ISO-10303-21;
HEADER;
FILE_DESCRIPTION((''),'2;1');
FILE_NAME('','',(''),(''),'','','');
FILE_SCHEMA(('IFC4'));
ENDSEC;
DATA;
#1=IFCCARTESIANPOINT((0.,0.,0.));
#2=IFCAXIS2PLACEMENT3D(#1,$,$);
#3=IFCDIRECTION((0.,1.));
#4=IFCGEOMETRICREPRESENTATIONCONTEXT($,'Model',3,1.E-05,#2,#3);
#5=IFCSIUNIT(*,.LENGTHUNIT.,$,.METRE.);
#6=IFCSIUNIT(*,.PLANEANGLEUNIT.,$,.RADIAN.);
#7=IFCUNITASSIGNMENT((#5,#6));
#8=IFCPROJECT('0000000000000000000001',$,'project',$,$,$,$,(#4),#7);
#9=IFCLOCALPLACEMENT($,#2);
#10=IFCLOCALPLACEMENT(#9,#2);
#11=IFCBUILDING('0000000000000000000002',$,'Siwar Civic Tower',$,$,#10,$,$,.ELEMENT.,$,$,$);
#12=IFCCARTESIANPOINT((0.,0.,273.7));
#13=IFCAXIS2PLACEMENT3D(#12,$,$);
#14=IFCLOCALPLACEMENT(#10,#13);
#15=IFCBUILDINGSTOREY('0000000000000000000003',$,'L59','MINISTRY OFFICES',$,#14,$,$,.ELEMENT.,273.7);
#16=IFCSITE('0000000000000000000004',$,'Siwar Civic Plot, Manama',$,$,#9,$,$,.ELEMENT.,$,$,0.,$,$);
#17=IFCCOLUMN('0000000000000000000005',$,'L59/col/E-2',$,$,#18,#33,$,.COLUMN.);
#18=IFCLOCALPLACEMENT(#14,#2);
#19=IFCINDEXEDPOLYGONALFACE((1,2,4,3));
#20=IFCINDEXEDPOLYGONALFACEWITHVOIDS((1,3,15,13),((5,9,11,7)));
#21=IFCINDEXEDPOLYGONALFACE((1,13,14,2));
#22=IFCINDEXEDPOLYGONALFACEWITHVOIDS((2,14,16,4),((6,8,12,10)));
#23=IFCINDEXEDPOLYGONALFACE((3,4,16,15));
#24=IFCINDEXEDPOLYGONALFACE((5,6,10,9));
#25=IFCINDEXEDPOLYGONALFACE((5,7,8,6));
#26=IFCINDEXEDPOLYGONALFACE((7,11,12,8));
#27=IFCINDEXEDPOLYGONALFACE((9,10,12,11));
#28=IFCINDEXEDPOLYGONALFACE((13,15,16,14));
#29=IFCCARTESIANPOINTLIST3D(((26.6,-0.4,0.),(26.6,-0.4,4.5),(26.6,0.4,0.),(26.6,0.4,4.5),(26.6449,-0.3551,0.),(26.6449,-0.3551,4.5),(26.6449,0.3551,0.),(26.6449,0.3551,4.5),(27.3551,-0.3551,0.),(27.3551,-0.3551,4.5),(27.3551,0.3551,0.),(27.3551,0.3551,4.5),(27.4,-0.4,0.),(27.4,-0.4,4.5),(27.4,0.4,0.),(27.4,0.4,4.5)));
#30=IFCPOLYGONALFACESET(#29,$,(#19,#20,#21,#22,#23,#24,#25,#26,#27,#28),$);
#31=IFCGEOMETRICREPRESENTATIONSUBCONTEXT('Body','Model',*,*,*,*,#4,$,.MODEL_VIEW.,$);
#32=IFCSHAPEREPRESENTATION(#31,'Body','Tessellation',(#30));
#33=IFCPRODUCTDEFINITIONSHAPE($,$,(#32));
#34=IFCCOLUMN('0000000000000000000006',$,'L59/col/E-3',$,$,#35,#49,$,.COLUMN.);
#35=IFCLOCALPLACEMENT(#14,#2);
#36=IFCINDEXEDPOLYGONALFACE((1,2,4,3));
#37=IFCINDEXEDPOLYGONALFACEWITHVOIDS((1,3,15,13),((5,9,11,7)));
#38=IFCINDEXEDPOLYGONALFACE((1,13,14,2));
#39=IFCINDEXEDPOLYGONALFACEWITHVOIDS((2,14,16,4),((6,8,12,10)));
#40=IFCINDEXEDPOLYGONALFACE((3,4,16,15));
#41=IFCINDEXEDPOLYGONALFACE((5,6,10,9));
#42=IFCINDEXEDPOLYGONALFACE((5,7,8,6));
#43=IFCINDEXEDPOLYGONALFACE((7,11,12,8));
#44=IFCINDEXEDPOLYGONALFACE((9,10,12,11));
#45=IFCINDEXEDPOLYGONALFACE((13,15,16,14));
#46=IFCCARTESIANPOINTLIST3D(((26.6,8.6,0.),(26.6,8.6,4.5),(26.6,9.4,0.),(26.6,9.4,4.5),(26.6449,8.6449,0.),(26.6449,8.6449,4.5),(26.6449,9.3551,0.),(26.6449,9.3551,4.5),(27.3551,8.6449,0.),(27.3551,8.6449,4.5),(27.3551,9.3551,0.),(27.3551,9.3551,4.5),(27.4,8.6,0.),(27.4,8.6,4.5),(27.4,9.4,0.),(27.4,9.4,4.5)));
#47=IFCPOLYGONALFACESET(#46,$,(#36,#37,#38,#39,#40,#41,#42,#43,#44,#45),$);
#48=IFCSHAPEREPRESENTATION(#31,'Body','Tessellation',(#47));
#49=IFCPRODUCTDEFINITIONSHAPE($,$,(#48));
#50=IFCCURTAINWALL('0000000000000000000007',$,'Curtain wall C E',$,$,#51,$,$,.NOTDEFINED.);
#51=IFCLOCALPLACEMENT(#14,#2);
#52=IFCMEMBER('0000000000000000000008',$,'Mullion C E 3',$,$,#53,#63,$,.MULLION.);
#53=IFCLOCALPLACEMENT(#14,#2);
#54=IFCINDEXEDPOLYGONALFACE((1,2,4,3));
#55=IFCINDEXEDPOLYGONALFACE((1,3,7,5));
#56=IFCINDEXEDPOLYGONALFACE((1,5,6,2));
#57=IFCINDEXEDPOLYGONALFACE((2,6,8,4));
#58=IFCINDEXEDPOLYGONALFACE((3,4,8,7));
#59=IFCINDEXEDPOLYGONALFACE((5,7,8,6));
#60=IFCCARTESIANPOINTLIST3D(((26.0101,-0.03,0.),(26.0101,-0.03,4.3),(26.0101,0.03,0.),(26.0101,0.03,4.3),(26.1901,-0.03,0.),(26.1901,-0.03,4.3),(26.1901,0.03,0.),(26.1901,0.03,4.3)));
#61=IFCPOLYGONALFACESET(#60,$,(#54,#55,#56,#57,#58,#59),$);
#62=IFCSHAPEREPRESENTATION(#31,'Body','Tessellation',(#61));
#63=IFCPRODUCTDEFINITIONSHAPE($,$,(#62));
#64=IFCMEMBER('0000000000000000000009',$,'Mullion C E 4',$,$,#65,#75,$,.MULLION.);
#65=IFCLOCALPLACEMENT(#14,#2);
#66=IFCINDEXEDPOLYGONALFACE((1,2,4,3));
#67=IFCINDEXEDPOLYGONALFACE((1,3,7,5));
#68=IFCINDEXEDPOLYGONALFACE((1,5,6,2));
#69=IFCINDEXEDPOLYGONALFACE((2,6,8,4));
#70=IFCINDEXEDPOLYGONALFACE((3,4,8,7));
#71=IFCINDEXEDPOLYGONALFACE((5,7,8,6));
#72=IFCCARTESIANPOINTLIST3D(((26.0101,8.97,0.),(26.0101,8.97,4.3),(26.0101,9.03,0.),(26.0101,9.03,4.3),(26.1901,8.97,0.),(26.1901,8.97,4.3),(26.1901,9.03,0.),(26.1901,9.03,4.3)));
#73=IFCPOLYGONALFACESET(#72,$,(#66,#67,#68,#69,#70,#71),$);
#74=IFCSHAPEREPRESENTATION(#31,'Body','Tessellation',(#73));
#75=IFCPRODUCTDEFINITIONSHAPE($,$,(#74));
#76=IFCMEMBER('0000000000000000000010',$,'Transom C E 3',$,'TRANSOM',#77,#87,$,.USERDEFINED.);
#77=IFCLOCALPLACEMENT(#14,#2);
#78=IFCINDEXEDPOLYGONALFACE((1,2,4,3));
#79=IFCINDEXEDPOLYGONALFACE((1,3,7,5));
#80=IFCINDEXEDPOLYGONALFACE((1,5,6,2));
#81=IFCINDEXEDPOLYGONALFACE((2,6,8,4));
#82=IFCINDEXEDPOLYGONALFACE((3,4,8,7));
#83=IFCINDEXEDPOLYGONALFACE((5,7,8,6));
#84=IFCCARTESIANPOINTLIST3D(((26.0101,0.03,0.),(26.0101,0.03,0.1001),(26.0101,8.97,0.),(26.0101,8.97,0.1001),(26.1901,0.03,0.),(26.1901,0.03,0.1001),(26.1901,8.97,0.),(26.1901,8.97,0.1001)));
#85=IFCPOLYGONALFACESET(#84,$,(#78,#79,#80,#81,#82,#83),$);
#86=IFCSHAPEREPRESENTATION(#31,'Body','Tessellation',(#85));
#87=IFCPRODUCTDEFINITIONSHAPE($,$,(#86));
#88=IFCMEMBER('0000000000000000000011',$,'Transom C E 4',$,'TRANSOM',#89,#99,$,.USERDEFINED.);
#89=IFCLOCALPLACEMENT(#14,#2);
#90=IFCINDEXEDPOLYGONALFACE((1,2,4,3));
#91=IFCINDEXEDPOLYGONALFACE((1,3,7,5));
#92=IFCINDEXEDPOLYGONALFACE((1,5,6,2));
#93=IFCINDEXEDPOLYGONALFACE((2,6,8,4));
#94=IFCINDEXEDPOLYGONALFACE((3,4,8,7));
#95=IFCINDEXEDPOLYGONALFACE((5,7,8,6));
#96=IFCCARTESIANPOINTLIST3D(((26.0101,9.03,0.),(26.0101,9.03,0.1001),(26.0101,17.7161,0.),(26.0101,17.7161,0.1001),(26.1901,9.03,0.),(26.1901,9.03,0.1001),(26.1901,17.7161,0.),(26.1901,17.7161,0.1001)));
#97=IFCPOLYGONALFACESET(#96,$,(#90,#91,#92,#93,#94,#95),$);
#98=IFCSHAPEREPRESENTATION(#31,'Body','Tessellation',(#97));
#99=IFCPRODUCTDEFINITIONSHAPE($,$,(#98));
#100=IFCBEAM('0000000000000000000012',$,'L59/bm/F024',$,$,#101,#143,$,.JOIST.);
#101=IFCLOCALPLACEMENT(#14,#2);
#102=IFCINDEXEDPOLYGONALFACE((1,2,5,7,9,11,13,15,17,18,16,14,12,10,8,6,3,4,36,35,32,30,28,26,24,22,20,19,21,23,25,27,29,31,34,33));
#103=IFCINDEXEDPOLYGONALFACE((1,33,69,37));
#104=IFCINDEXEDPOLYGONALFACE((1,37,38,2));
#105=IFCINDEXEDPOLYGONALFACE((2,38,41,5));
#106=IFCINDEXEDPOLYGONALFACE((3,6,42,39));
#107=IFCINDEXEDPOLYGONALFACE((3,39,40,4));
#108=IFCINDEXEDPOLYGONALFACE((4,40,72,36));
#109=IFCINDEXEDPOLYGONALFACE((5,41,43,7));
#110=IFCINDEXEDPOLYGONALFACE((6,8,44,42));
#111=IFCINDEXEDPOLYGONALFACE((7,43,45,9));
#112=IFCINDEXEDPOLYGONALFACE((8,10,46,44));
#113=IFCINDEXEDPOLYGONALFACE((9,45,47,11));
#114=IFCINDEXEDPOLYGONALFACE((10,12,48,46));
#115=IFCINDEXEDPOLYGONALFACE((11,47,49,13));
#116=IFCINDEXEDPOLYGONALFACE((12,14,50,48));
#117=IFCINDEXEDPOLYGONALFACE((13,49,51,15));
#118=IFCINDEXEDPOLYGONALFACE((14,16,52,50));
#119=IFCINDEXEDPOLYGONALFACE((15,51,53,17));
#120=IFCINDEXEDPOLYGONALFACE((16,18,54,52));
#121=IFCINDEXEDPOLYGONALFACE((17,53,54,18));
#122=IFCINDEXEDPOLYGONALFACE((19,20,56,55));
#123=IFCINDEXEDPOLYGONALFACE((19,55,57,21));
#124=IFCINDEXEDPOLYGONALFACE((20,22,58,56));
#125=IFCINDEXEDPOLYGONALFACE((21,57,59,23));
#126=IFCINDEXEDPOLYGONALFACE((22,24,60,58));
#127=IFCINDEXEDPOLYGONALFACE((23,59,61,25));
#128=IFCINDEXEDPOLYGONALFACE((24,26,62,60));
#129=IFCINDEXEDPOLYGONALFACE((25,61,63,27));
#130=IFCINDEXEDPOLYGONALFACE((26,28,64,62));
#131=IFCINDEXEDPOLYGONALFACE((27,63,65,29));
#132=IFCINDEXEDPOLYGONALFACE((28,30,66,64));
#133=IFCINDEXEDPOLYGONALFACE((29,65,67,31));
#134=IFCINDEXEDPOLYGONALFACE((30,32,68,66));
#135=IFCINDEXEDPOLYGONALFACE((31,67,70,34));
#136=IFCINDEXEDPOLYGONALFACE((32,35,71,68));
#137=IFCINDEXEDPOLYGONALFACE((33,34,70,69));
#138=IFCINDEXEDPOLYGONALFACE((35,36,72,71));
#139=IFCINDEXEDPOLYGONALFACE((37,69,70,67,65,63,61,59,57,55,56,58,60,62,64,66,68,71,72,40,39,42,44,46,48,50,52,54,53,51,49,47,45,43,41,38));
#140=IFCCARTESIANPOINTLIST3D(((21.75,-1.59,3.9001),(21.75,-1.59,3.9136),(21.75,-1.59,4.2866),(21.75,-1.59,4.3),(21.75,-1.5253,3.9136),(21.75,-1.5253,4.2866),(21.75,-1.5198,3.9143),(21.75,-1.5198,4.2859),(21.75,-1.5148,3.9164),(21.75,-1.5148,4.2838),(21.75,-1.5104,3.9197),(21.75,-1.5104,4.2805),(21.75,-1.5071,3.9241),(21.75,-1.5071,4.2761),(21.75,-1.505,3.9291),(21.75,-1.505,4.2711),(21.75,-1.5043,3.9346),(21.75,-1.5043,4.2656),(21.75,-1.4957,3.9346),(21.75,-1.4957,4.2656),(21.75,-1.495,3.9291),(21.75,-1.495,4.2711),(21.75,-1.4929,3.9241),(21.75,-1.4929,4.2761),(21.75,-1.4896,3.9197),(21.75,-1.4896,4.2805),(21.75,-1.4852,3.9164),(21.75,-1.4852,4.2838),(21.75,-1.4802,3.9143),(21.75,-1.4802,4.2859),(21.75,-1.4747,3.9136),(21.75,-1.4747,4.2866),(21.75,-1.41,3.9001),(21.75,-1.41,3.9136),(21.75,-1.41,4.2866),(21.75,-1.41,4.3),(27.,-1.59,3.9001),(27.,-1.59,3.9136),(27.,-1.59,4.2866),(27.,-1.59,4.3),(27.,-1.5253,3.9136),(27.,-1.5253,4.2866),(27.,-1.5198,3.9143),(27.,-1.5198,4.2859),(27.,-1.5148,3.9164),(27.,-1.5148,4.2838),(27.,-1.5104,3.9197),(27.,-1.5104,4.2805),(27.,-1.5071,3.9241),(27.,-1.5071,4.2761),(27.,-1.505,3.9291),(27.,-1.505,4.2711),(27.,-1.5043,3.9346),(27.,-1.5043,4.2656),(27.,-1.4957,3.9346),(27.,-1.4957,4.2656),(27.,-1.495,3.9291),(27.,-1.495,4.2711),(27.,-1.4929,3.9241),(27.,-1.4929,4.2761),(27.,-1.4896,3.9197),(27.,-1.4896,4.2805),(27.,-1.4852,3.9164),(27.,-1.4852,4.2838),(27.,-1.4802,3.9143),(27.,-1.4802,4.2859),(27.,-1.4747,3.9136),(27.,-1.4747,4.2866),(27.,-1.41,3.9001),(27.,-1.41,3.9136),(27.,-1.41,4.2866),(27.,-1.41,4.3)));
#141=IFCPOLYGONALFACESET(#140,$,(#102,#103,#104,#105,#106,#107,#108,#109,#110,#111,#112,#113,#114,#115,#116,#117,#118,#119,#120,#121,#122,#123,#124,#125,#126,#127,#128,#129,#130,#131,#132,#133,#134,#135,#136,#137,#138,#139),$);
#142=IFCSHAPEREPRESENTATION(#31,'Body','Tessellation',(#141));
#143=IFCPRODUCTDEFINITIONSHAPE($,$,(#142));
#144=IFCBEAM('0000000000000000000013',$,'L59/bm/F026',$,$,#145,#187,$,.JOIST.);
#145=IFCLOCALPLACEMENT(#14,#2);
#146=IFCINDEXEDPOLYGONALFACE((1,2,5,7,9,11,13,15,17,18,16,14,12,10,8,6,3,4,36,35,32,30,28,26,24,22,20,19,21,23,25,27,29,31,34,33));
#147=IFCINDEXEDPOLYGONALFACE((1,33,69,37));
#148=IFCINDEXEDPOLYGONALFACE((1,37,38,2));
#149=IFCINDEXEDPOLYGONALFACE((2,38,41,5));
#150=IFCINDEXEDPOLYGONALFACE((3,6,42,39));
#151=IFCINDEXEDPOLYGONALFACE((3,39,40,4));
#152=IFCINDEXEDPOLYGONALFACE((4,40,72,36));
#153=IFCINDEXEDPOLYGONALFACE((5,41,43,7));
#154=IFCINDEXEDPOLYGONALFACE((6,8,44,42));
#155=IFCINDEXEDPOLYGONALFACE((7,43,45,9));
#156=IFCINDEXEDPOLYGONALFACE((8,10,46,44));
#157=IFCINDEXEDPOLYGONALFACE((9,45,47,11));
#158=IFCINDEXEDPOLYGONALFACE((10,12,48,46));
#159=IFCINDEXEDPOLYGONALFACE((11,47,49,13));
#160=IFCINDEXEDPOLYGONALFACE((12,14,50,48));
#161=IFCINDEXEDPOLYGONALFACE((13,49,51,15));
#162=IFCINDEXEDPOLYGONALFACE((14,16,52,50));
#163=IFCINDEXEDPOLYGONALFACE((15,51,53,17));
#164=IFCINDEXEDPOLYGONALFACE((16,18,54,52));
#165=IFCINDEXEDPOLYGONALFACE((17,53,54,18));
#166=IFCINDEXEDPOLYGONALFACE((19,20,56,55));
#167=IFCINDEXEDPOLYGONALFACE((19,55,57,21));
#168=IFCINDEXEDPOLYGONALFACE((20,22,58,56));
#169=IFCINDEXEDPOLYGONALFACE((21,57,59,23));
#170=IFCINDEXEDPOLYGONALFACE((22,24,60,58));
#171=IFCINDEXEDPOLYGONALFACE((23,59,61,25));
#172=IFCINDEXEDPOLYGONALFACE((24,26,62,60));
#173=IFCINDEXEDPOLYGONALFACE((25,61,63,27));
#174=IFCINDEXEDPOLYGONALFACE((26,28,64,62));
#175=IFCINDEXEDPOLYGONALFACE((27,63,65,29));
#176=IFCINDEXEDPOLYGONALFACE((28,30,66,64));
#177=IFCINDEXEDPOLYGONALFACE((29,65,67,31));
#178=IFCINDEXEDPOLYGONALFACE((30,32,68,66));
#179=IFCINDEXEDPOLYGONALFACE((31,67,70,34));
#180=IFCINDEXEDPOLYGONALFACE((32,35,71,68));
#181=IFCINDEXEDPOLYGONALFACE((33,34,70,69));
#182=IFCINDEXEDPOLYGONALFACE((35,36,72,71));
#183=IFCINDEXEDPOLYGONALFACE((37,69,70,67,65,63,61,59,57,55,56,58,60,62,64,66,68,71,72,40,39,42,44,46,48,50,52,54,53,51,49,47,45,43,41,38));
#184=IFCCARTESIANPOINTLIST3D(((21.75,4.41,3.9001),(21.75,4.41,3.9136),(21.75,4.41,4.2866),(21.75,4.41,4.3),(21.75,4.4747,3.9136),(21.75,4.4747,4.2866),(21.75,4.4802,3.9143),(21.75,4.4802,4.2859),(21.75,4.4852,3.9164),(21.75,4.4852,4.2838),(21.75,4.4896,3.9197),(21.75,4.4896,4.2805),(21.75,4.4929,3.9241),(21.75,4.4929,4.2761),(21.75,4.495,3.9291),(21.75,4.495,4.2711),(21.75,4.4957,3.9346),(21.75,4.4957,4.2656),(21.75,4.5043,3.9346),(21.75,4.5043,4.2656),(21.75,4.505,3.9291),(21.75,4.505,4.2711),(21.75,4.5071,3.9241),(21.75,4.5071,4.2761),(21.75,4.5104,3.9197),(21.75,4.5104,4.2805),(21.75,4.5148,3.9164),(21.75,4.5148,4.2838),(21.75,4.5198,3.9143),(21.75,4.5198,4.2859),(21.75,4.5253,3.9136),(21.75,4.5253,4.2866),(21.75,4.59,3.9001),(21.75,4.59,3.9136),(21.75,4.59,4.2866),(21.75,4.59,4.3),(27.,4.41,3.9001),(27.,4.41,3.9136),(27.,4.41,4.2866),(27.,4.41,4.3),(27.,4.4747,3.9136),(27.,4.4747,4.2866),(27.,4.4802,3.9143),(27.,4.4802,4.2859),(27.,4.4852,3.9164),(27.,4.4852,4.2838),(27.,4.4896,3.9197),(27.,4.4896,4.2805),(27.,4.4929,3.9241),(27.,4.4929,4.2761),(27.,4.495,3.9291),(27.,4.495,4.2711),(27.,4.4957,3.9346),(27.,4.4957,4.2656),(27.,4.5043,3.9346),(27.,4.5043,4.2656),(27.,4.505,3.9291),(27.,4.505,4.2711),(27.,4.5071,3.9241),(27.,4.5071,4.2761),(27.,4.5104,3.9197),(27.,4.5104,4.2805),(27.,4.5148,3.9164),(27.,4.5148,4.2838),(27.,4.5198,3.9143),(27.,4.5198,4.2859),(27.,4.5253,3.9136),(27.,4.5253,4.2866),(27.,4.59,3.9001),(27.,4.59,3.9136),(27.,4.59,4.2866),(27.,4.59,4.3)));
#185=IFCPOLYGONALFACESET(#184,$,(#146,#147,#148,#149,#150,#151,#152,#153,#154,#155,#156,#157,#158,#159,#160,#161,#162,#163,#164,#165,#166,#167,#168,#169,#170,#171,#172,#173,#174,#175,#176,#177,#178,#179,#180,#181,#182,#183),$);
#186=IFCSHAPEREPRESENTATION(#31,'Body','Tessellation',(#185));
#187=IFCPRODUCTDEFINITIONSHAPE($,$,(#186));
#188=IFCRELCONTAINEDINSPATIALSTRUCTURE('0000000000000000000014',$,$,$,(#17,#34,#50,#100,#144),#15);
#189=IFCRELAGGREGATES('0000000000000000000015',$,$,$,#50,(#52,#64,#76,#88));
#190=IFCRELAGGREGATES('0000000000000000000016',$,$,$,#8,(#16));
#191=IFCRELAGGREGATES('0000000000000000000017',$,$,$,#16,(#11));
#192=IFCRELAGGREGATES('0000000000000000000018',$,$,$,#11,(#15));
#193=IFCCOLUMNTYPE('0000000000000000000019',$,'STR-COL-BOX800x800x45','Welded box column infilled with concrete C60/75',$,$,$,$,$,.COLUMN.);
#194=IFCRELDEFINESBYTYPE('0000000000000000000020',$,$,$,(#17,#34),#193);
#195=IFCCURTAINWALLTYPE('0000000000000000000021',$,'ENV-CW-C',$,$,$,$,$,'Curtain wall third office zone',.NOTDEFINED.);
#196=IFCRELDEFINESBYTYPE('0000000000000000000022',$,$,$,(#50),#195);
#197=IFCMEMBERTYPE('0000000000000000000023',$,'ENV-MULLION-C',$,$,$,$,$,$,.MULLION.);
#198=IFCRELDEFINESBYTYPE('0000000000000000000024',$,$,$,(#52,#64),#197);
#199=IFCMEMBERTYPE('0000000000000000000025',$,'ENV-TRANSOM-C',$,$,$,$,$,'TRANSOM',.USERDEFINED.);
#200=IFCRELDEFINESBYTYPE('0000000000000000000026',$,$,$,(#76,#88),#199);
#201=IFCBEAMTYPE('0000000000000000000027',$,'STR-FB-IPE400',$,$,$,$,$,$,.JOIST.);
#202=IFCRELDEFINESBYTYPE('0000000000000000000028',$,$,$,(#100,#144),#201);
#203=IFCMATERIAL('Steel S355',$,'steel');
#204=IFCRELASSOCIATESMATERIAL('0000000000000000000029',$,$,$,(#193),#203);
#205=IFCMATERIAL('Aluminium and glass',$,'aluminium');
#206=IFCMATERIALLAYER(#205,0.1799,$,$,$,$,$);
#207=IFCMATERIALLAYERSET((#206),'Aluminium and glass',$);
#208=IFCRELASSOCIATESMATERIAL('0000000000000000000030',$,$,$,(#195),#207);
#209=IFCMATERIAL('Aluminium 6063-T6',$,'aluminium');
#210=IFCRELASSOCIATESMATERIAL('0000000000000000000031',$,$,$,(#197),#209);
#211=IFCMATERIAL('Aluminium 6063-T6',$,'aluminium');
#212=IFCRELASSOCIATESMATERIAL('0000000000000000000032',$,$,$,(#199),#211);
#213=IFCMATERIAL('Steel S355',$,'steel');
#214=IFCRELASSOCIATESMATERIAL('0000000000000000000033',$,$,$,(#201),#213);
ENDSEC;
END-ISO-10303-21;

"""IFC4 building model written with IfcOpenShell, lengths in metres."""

from ifc_helpers import new_model, si_unit, direction, frame, origin, origin_2d, place, context, subcontext, project, spatial, rectangle, hollow_rectangle, i_section, extrude, material, layer, layer_set, material_profile, profile_set, type_object, element, aggregate, save


model = new_model("IFC4")

# Units and contexts
model_context = context("Model", 3, precision=1e-05, world=origin(), true_north=direction((0.0, 1.0)))
body_context = subcontext(model_context, "Body", "Model", "MODEL_VIEW")
ifc_project = project(units=[si_unit("LENGTHUNIT", "METRE"), si_unit("PLANEANGLEUNIT", "RADIAN")], contexts=[model_context])

# Site, building, storey
site_placement = place(None, origin())
site = spatial("IfcSite", under=ifc_project, at=site_placement, Name="Siwar Civic Plot, Manama", CompositionType="ELEMENT", RefElevation=0.0)
building_placement = place(site_placement, origin())
building = spatial("IfcBuilding", under=site, at=building_placement, Name="Siwar Civic Tower", CompositionType="ELEMENT")
storey_placement = place(building_placement, frame((0.0, 0.0, 273.7)))
storey = spatial("IfcBuildingStorey", under=building, at=storey_placement, Name="L59", Description="MINISTRY OFFICES", CompositionType="ELEMENT", Elevation=273.7)

# Columns
ifc_material_1 = material(Name="Steel S355", Category="steel")
ifc_material_profile_1 = material_profile(ifc_material_1, hollow_rectangle(XDim=0.8, YDim=0.8, WallThickness=0.0449, at=origin_2d()), Name="BOX800x800x45")
ifc_profile_set_1 = profile_set([ifc_material_profile_1], Name="Steel S355")
column_type = type_object("IfcColumnType", Name="STR-COL-BOX800x800x45", Description="Welded box column infilled with concrete C60/75", PredefinedType="COLUMN", material=ifc_profile_set_1)
for number, where, z_axis, x_axis, name in (
    (1, (27.0, 0.0, 0.0), (0.0, 0.0, 1.0), (1.0, 0.0, 0.0), "L59/col/E-2"),
    (2, (27.0, 9.0, 0.0), (0.0, 0.0, 1.0), (1.0, 0.0, 0.0), "L59/col/E-3"),
):
    element("IfcColumn", number, at=place(storey_placement, frame(where, z_axis=z_axis, x_axis=x_axis)), inside=storey, type_object=column_type, Name=name, PredefinedType="COLUMN", context=body_context, shape_type="SweptSolid", body=[
        extrude(hollow_rectangle(XDim=0.8, YDim=0.8, WallThickness=0.0449, at=origin_2d()), origin(), (0.0, 0.0, 1.0), 4.5),
    ])

# Curtain wall, members
ifc_material_2 = material(Name="Aluminium and glass", Category="aluminium")
ifc_layer_1 = layer(ifc_material_2, 0.1799)
ifc_layer_set_1 = layer_set([ifc_layer_1], Name="Aluminium and glass")
curtain_wall_type = type_object("IfcCurtainWallType", Name="ENV-CW-C", ElementType="Curtain wall third office zone", PredefinedType="NOTDEFINED", material=ifc_layer_set_1)
curtain_wall_placement = place(storey_placement, origin())
curtain_wall = element("IfcCurtainWall", 3, at=curtain_wall_placement, inside=storey, type_object=curtain_wall_type, Name="Curtain wall C E", PredefinedType="NOTDEFINED")
ifc_material_3 = material(Name="Aluminium 6063-T6", Category="aluminium")
ifc_material_profile_2 = material_profile(ifc_material_3, rectangle(XDim=0.1799, YDim=0.0601, at=origin_2d()), Name="AL 180x60")
ifc_profile_set_2 = profile_set([ifc_material_profile_2], Name="Aluminium 6063-T6")
member_type_1 = type_object("IfcMemberType", Name="ENV-MULLION-C", PredefinedType="MULLION", material=ifc_profile_set_2)
member_1_placement = place(storey_placement, frame((26.1001, 0.0, 0.0), z_axis=(0.0, 0.0, 1.0), x_axis=(-1.0, 0.0, 0.0)))
member_1 = element("IfcMember", 4, at=member_1_placement, type_object=member_type_1, Name="Mullion C E 3", PredefinedType="MULLION", context=body_context, shape_type="SweptSolid", body=[
    extrude(rectangle(XDim=0.1799, YDim=0.0601, at=origin_2d()), origin(), (0.0, 0.0, 1.0), 4.3),
])
member_2_placement = place(storey_placement, frame((26.1001, 9.0, 0.0), z_axis=(0.0, 0.0, 1.0), x_axis=(-1.0, 0.0, 0.0)))
member_2 = element("IfcMember", 5, at=member_2_placement, type_object=member_type_1, Name="Mullion C E 4", PredefinedType="MULLION", context=body_context, shape_type="SweptSolid", body=[
    extrude(rectangle(XDim=0.1799, YDim=0.0601, at=origin_2d()), origin(), (0.0, 0.0, 1.0), 4.3),
])
ifc_material_4 = material(Name="Aluminium 6063-T6", Category="aluminium")
ifc_material_profile_3 = material_profile(ifc_material_4, rectangle(XDim=0.1799, YDim=0.1001, at=origin_2d()), Name="AL 180x100")
ifc_profile_set_3 = profile_set([ifc_material_profile_3], Name="Aluminium 6063-T6")
member_type_2 = type_object("IfcMemberType", Name="ENV-TRANSOM-C", ElementType="TRANSOM", PredefinedType="USERDEFINED", material=ifc_profile_set_3)
member_3_placement = place(storey_placement, frame((26.1001, 0.03, 0.05), z_axis=(0.0, 1.0, 0.0), x_axis=(-1.0, 0.0, 0.0)))
member_3 = element("IfcMember", 6, at=member_3_placement, type_object=member_type_2, Name="Transom C E 3", ObjectType="TRANSOM", PredefinedType="USERDEFINED", context=body_context, shape_type="SweptSolid", body=[
    extrude(rectangle(XDim=0.1799, YDim=0.1001, at=origin_2d()), origin(), (0.0, 0.0, 1.0), 8.9399),
])
member_4_placement = place(storey_placement, frame((26.1001, 9.03, 0.05), z_axis=(0.0, 1.0, 0.0), x_axis=(-1.0, 0.0, 0.0)))
member_4 = element("IfcMember", 7, at=member_4_placement, type_object=member_type_2, Name="Transom C E 4", ObjectType="TRANSOM", PredefinedType="USERDEFINED", context=body_context, shape_type="SweptSolid", body=[
    extrude(rectangle(XDim=0.1799, YDim=0.1001, at=origin_2d()), origin(), (0.0, 0.0, 1.0), 8.686),
])

# Beams
ifc_material_5 = material(Name="Steel S355", Category="steel")
ifc_material_profile_4 = material_profile(ifc_material_5, i_section(OverallWidth=0.1799, OverallDepth=0.3999, WebThickness=0.0085, FlangeThickness=0.0134, FilletRadius=0.021, at=origin_2d()), Name="IPE400")
ifc_profile_set_4 = profile_set([ifc_material_profile_4], Name="Steel S355")
beam_type_1 = type_object("IfcBeamType", Name="STR-FB-IPE400", PredefinedType="JOIST", material=ifc_profile_set_4)
for number, where, z_axis, x_axis, name in (
    (8, (21.75, -1.5, 4.1001), (1.0, 0.0, 0.0), (0.0, 1.0, 0.0), "L59/bm/F024"),
    (9, (21.75, 4.5, 4.1001), (1.0, 0.0, 0.0), (0.0, 1.0, 0.0), "L59/bm/F026"),
):
    element("IfcBeam", number, at=place(storey_placement, frame(where, z_axis=z_axis, x_axis=x_axis)), inside=storey, type_object=beam_type_1, Name=name, PredefinedType="JOIST", context=body_context, shape_type="SweptSolid", body=[
        extrude(i_section(OverallWidth=0.1799, OverallDepth=0.3999, WebThickness=0.0085, FlangeThickness=0.0134, FilletRadius=0.021, at=origin_2d()), origin(), (0.0, 0.0, 1.0), 5.25),
    ])

aggregate(curtain_wall, [member_1, member_2, member_3, member_4])

save(model, "model.ifc")
